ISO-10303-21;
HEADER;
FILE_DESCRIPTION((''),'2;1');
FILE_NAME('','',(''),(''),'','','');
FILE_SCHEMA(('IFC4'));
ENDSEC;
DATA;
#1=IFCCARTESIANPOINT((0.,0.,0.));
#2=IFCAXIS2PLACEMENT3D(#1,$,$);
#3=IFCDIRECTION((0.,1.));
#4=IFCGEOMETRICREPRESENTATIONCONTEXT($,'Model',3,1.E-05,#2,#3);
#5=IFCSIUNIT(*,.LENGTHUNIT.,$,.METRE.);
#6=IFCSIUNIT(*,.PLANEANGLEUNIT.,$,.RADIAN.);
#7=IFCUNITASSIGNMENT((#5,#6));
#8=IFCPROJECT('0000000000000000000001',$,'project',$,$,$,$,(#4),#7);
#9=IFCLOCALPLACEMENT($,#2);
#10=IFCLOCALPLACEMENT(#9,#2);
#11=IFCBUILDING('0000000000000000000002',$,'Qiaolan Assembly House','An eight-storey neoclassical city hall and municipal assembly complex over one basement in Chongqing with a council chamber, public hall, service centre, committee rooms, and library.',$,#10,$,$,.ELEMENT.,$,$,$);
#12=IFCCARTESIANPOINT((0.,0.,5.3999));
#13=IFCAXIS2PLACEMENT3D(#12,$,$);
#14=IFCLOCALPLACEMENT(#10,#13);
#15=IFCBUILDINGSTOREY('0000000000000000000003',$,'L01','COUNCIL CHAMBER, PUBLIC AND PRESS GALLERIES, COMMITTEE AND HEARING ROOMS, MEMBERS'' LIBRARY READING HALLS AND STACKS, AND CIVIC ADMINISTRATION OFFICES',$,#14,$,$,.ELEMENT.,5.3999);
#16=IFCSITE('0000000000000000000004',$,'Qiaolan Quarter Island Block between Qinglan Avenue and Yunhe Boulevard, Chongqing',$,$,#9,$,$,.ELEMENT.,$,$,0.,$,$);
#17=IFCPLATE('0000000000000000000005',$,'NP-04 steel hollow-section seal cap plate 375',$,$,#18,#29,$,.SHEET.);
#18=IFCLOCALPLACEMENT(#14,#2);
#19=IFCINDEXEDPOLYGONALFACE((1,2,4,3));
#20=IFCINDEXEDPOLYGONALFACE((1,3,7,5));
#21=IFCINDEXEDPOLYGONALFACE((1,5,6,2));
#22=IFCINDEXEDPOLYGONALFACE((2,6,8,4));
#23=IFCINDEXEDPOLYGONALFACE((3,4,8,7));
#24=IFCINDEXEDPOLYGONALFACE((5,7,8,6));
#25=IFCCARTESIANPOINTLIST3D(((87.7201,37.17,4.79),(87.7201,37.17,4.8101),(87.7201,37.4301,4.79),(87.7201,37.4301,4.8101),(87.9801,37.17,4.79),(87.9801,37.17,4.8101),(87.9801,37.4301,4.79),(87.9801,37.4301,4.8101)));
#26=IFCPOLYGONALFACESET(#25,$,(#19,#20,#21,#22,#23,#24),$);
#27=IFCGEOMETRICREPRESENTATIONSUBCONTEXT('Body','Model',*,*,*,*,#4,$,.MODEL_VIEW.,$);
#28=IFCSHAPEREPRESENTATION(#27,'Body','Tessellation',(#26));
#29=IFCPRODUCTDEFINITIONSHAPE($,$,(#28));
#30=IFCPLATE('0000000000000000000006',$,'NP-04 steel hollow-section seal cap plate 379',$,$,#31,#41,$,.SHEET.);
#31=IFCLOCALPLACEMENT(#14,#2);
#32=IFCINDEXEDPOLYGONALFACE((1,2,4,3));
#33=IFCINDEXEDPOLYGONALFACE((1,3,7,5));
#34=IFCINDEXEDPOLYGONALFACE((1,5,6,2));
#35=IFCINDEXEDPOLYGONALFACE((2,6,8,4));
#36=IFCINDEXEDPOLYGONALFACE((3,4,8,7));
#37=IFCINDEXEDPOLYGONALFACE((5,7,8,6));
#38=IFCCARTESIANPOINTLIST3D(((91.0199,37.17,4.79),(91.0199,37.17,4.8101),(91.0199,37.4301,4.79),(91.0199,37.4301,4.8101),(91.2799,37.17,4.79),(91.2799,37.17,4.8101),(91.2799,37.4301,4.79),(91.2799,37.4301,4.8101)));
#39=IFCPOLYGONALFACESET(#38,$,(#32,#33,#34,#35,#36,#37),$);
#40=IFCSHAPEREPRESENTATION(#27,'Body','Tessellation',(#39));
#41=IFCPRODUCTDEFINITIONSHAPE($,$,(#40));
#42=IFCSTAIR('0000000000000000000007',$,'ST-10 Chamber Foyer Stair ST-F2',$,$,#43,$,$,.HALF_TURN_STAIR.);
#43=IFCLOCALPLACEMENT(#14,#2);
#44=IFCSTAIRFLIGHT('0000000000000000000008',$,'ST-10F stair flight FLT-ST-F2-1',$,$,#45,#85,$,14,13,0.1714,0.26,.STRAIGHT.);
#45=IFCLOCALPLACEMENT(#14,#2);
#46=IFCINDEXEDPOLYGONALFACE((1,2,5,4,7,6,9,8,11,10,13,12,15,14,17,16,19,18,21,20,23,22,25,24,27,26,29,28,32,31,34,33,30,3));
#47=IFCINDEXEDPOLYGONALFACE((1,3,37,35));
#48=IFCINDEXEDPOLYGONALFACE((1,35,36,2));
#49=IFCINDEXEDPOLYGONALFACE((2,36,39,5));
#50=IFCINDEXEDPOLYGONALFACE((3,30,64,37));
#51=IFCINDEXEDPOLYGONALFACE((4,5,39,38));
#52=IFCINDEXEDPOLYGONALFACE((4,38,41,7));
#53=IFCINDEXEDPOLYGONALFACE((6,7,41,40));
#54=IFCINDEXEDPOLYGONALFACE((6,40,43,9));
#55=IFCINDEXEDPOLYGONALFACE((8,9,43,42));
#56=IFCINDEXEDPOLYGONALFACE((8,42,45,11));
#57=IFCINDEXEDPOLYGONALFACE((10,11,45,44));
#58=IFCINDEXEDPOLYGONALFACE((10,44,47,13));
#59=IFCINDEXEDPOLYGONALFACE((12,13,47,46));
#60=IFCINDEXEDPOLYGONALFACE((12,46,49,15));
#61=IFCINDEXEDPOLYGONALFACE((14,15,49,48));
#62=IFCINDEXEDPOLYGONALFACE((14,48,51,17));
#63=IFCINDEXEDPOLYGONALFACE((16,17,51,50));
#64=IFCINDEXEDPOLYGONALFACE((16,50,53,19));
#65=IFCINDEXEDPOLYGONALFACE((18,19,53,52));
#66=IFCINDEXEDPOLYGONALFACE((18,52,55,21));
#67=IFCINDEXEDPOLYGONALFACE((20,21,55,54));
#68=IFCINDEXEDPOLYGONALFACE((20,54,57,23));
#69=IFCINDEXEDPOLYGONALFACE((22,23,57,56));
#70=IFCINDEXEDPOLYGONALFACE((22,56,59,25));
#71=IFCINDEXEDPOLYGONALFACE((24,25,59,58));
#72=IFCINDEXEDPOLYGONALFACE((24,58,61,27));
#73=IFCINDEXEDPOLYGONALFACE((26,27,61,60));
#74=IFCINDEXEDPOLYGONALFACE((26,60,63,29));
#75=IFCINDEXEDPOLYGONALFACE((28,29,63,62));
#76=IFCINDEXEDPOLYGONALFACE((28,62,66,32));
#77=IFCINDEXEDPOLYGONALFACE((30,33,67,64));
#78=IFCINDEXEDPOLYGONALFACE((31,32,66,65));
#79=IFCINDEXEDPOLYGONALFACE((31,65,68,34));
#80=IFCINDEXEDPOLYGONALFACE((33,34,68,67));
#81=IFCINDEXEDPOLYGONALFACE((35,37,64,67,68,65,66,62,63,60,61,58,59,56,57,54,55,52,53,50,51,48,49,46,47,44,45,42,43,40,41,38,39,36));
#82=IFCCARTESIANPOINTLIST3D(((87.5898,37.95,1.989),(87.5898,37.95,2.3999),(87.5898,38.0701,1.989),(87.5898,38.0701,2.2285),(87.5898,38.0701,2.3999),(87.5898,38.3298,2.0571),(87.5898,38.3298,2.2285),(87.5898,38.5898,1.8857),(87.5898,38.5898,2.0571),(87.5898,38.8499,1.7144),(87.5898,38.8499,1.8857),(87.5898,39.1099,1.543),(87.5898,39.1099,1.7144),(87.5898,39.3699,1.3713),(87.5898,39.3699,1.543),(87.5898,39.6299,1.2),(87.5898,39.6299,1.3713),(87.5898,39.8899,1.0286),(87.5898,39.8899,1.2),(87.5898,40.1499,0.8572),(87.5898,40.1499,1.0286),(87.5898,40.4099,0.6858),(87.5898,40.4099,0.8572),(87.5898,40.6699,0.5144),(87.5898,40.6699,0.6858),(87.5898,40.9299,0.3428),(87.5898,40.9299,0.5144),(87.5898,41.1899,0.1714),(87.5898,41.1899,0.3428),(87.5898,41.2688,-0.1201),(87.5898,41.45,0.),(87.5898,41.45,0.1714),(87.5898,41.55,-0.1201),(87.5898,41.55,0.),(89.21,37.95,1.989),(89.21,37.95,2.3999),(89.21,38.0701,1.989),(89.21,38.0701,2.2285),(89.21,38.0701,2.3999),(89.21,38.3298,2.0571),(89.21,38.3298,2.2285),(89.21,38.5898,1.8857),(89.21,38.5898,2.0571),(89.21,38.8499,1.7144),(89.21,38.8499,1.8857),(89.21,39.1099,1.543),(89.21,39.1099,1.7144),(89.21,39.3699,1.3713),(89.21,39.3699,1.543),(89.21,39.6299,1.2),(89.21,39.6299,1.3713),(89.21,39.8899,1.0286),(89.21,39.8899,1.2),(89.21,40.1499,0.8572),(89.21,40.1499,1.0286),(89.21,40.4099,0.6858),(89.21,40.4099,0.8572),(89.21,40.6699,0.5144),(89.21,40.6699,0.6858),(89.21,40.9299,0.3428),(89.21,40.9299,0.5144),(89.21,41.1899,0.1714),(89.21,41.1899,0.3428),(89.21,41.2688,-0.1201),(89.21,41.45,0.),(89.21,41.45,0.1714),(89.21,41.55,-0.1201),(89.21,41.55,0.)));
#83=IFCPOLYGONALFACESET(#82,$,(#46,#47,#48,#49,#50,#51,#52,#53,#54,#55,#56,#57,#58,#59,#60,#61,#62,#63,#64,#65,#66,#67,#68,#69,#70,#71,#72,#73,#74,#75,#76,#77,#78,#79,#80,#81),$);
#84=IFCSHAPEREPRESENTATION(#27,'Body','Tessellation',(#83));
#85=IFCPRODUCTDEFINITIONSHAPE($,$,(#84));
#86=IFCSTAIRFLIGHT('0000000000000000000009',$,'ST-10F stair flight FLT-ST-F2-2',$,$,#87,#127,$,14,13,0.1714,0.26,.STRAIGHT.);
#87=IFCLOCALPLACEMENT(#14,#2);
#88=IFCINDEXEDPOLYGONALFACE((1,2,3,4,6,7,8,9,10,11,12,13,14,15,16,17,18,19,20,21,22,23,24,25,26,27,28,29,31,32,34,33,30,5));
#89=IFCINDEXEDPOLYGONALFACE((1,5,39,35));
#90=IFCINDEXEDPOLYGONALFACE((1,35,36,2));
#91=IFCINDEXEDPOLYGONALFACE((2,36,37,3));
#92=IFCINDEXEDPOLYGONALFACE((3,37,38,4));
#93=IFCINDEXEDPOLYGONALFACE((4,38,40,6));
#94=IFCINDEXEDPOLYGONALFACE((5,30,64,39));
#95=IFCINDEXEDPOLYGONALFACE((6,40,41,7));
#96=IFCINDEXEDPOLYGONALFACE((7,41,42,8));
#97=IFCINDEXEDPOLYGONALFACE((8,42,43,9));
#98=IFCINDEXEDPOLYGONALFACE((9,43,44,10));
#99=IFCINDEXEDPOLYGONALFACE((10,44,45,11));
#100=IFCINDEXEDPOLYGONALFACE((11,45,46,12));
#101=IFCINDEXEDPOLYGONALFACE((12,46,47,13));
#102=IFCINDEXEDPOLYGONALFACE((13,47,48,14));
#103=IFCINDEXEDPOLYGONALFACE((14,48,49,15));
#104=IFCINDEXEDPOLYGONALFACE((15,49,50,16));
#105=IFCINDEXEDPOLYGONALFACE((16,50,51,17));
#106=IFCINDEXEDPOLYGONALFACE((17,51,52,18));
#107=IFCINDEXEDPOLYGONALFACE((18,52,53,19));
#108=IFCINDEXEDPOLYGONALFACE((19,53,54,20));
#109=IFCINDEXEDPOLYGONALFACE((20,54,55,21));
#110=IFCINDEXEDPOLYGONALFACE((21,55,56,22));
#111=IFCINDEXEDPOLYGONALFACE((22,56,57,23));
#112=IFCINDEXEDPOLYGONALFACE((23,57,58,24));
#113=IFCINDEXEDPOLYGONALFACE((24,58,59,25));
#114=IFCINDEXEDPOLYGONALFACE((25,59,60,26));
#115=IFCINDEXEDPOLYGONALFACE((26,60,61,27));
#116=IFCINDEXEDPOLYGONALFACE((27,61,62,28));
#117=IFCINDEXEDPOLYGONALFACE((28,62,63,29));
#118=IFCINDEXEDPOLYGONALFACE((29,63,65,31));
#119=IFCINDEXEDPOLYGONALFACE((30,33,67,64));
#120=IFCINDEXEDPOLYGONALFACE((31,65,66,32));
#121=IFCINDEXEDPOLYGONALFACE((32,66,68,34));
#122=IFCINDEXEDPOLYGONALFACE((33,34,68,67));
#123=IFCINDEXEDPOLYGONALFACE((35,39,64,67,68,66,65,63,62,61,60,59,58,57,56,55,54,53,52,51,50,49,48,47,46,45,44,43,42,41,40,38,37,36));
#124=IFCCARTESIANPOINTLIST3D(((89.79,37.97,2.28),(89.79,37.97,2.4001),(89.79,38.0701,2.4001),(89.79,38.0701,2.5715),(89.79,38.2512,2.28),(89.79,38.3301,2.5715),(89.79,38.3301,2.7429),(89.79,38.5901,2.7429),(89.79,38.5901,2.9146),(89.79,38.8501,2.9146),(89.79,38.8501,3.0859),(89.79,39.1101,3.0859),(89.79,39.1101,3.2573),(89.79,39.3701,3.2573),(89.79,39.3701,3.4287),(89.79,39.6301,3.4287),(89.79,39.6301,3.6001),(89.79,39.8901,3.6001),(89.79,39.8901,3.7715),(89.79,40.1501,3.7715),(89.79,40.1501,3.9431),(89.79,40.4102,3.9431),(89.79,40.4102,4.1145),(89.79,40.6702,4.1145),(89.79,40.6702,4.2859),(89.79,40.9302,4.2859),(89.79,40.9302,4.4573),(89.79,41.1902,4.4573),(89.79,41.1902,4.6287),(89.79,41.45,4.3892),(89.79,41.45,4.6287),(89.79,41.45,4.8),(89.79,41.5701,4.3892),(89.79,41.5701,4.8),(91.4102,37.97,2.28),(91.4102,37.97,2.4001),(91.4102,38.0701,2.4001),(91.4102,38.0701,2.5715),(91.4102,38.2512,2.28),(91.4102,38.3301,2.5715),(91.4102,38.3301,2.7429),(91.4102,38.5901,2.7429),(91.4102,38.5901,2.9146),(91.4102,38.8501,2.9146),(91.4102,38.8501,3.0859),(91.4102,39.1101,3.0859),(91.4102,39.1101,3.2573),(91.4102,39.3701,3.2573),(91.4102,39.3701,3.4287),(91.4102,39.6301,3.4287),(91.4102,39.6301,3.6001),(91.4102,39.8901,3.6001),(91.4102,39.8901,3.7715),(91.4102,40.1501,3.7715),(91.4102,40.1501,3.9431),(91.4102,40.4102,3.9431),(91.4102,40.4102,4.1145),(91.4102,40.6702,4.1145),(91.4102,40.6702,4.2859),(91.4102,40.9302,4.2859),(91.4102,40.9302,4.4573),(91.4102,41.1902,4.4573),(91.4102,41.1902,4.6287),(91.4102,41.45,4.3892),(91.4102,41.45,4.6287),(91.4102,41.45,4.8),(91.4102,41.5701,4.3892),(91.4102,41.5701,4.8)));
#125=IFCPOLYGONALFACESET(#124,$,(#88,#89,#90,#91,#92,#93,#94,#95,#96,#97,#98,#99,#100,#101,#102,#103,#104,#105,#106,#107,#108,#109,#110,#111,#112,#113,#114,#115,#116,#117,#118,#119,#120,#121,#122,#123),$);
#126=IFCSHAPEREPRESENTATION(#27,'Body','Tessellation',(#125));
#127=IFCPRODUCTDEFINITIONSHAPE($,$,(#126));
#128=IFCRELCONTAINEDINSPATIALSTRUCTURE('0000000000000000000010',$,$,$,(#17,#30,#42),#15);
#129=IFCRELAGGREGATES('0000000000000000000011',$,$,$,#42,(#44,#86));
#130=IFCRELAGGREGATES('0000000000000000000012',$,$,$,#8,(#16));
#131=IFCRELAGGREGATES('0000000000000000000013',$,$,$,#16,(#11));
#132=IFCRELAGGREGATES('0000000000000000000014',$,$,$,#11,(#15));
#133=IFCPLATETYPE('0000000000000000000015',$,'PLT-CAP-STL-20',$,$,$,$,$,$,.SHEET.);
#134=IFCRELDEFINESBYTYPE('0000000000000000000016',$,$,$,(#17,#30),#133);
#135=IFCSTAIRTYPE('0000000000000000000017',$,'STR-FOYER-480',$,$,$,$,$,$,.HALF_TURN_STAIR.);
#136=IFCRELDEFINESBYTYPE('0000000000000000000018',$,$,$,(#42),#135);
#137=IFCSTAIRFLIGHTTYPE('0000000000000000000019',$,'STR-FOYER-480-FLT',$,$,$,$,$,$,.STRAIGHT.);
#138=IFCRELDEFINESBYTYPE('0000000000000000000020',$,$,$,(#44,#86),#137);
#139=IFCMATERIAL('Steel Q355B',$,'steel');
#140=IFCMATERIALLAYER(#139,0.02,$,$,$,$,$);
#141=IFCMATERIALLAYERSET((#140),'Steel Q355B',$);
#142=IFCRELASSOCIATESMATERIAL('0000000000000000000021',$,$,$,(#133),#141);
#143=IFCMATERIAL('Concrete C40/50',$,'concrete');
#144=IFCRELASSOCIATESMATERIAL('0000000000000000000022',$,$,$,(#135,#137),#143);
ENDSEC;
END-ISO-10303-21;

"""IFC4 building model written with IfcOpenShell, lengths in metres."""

from ifc_helpers import new_model, si_unit, direction, frame, origin, origin_2d, place, context, subcontext, project, spatial, polyline, rectangle, outline, extrude, material, layer, layer_set, type_object, element, aggregate, save


model = new_model("IFC4")

# Units and contexts
model_context = context("Model", 3, precision=1e-05, world=origin(), true_north=direction((0.0, 1.0)))
body_context = subcontext(model_context, "Body", "Model", "MODEL_VIEW")
ifc_project = project(units=[si_unit("LENGTHUNIT", "METRE"), si_unit("PLANEANGLEUNIT", "RADIAN")], contexts=[model_context])

# Site, building, storey
site_placement = place(None, origin())
site = spatial("IfcSite", under=ifc_project, at=site_placement, Name="Qiaolan Quarter Island Block between Qinglan Avenue and Yunhe Boulevard, Chongqing", CompositionType="ELEMENT", RefElevation=0.0)
building_placement = place(site_placement, origin())
building = spatial("IfcBuilding", under=site, at=building_placement, Name="Qiaolan Assembly House", Description="An eight-storey neoclassical city hall and municipal assembly complex over one basement in Chongqing with a council chamber, public hall, service centre, committee rooms, and library.", CompositionType="ELEMENT")
storey_placement = place(building_placement, frame((0.0, 0.0, 5.3999)))
storey = spatial("IfcBuildingStorey", under=building, at=storey_placement, Name="L01", Description="COUNCIL CHAMBER, PUBLIC AND PRESS GALLERIES, COMMITTEE AND HEARING ROOMS, MEMBERS' LIBRARY READING HALLS AND STACKS, AND CIVIC ADMINISTRATION OFFICES", CompositionType="ELEMENT", Elevation=5.3999)

# Shared definitions
ifc_material_1 = material(Name="Steel Q355B", Category="steel")

# Plates
ifc_layer = layer(ifc_material_1, 0.02)
ifc_layer_set = layer_set([ifc_layer], Name="Steel Q355B")
plate_type = type_object("IfcPlateType", Name="PLT-CAP-STL-20", PredefinedType="SHEET", material=ifc_layer_set)
for number, where, z_axis, x_axis, name in (
    (1, (87.8501, 37.3, 4.79), (0.0, 0.0, 1.0), (1.0, 0.0, 0.0), "NP-04 steel hollow-section seal cap plate 375"),
    (2, (91.1499, 37.3, 4.79), (0.0, 0.0, 1.0), (1.0, 0.0, 0.0), "NP-04 steel hollow-section seal cap plate 379"),
):
    element("IfcPlate", number, at=place(storey_placement, frame(where, z_axis=z_axis, x_axis=x_axis)), inside=storey, type_object=plate_type, Name=name, PredefinedType="SHEET", context=body_context, shape_type="SweptSolid", body=[
        extrude(rectangle(XDim=0.26, YDim=0.26, at=origin_2d()), origin(), (0.0, 0.0, 1.0), 0.02),
    ])

# Stair, stair flights
ifc_material_2 = material(Name="Concrete C40/50", Category="concrete")
stair_type = type_object("IfcStairType", Name="STR-FOYER-480", PredefinedType="HALF_TURN_STAIR", material=ifc_material_2)
stair_placement = place(storey_placement, origin())
stair = element("IfcStair", 3, at=stair_placement, inside=storey, type_object=stair_type, Name="ST-10 Chamber Foyer Stair ST-F2", PredefinedType="HALF_TURN_STAIR")
stair_flight_type = type_object("IfcStairFlightType", Name="STR-FOYER-480-FLT", PredefinedType="STRAIGHT", material=ifc_material_2)
stair_flight_1_placement = place(storey_placement, frame((88.3999, 41.45, 0.0), z_axis=(0.0, 0.0, 1.0), x_axis=(0.0, -1.0, 0.0)))
stair_flight_1 = element("IfcStairFlight", 4, at=stair_flight_1_placement, type_object=stair_flight_type, Name="ST-10F stair flight FLT-ST-F2-1", NumberOfRisers=14, NumberOfTreads=13, PredefinedType="STRAIGHT", RiserHeight=0.1714, TreadLength=0.26, context=body_context, shape_type="SweptSolid", body=[
    extrude(outline(polyline([(-0.1001, -0.1201), (-0.1001, 0.0), (0.0, 0.0), (0.0, 0.1714), (0.26, 0.1714), (0.26, 0.3428), (0.52, 0.3428), (0.52, 0.5144), (0.78, 0.5144), (0.78, 0.6858), (1.04, 0.6858), (1.04, 0.8572), (1.3, 0.8572), (1.3, 1.0286), (1.5601, 1.0286), (1.5601, 1.2), (1.8201, 1.2), (1.8201, 1.3713), (2.0801, 1.3713), (2.0801, 1.543), (2.3401, 1.543), (2.3401, 1.7144), (2.6001, 1.7144), (2.6001, 1.8857), (2.8601, 1.8857), (2.8601, 2.0571), (3.1201, 2.0571), (3.1201, 2.2285), (3.3799, 2.2285), (3.3799, 2.3999), (3.5, 2.3999), (3.5, 1.989), (3.3799, 1.989), (0.1812, -0.1201), (-0.1001, -0.1201)])), frame((0.0, 0.8101, 0.0), z_axis=(0.0, -1.0, 0.0), x_axis=(1.0, 0.0, 0.0)), (0.0, 0.0, 1.0), 1.6201),
])
stair_flight_2_placement = place(storey_placement, frame((90.6001, 38.0701, 2.4001), z_axis=(0.0, 0.0, 1.0), x_axis=(0.0, 1.0, 0.0)))
stair_flight_2 = element("IfcStairFlight", 5, at=stair_flight_2_placement, type_object=stair_flight_type, Name="ST-10F stair flight FLT-ST-F2-2", NumberOfRisers=14, NumberOfTreads=13, PredefinedType="STRAIGHT", RiserHeight=0.1714, TreadLength=0.26, context=body_context, shape_type="SweptSolid", body=[
    extrude(outline(polyline([(-0.1001, -0.1201), (-0.1001, 0.0), (0.0, 0.0), (0.0, 0.1714), (0.26, 0.1714), (0.26, 0.3428), (0.52, 0.3428), (0.52, 0.5144), (0.78, 0.5144), (0.78, 0.6858), (1.04, 0.6858), (1.04, 0.8572), (1.3, 0.8572), (1.3, 1.0286), (1.5601, 1.0286), (1.5601, 1.2), (1.8201, 1.2), (1.8201, 1.3713), (2.0801, 1.3713), (2.0801, 1.543), (2.3401, 1.543), (2.3401, 1.7144), (2.6001, 1.7144), (2.6001, 1.8857), (2.8601, 1.8857), (2.8601, 2.0571), (3.1201, 2.0571), (3.1201, 2.2285), (3.3799, 2.2285), (3.3799, 2.3999), (3.5, 2.3999), (3.5, 1.989), (3.3799, 1.989), (0.1812, -0.1201), (-0.1001, -0.1201)])), frame((0.0, 0.8101, 0.0), z_axis=(0.0, -1.0, 0.0), x_axis=(1.0, 0.0, 0.0)), (0.0, 0.0, 1.0), 1.6201),
])
aggregate(stair, [stair_flight_1, stair_flight_2])

save(model, "model.ifc")
